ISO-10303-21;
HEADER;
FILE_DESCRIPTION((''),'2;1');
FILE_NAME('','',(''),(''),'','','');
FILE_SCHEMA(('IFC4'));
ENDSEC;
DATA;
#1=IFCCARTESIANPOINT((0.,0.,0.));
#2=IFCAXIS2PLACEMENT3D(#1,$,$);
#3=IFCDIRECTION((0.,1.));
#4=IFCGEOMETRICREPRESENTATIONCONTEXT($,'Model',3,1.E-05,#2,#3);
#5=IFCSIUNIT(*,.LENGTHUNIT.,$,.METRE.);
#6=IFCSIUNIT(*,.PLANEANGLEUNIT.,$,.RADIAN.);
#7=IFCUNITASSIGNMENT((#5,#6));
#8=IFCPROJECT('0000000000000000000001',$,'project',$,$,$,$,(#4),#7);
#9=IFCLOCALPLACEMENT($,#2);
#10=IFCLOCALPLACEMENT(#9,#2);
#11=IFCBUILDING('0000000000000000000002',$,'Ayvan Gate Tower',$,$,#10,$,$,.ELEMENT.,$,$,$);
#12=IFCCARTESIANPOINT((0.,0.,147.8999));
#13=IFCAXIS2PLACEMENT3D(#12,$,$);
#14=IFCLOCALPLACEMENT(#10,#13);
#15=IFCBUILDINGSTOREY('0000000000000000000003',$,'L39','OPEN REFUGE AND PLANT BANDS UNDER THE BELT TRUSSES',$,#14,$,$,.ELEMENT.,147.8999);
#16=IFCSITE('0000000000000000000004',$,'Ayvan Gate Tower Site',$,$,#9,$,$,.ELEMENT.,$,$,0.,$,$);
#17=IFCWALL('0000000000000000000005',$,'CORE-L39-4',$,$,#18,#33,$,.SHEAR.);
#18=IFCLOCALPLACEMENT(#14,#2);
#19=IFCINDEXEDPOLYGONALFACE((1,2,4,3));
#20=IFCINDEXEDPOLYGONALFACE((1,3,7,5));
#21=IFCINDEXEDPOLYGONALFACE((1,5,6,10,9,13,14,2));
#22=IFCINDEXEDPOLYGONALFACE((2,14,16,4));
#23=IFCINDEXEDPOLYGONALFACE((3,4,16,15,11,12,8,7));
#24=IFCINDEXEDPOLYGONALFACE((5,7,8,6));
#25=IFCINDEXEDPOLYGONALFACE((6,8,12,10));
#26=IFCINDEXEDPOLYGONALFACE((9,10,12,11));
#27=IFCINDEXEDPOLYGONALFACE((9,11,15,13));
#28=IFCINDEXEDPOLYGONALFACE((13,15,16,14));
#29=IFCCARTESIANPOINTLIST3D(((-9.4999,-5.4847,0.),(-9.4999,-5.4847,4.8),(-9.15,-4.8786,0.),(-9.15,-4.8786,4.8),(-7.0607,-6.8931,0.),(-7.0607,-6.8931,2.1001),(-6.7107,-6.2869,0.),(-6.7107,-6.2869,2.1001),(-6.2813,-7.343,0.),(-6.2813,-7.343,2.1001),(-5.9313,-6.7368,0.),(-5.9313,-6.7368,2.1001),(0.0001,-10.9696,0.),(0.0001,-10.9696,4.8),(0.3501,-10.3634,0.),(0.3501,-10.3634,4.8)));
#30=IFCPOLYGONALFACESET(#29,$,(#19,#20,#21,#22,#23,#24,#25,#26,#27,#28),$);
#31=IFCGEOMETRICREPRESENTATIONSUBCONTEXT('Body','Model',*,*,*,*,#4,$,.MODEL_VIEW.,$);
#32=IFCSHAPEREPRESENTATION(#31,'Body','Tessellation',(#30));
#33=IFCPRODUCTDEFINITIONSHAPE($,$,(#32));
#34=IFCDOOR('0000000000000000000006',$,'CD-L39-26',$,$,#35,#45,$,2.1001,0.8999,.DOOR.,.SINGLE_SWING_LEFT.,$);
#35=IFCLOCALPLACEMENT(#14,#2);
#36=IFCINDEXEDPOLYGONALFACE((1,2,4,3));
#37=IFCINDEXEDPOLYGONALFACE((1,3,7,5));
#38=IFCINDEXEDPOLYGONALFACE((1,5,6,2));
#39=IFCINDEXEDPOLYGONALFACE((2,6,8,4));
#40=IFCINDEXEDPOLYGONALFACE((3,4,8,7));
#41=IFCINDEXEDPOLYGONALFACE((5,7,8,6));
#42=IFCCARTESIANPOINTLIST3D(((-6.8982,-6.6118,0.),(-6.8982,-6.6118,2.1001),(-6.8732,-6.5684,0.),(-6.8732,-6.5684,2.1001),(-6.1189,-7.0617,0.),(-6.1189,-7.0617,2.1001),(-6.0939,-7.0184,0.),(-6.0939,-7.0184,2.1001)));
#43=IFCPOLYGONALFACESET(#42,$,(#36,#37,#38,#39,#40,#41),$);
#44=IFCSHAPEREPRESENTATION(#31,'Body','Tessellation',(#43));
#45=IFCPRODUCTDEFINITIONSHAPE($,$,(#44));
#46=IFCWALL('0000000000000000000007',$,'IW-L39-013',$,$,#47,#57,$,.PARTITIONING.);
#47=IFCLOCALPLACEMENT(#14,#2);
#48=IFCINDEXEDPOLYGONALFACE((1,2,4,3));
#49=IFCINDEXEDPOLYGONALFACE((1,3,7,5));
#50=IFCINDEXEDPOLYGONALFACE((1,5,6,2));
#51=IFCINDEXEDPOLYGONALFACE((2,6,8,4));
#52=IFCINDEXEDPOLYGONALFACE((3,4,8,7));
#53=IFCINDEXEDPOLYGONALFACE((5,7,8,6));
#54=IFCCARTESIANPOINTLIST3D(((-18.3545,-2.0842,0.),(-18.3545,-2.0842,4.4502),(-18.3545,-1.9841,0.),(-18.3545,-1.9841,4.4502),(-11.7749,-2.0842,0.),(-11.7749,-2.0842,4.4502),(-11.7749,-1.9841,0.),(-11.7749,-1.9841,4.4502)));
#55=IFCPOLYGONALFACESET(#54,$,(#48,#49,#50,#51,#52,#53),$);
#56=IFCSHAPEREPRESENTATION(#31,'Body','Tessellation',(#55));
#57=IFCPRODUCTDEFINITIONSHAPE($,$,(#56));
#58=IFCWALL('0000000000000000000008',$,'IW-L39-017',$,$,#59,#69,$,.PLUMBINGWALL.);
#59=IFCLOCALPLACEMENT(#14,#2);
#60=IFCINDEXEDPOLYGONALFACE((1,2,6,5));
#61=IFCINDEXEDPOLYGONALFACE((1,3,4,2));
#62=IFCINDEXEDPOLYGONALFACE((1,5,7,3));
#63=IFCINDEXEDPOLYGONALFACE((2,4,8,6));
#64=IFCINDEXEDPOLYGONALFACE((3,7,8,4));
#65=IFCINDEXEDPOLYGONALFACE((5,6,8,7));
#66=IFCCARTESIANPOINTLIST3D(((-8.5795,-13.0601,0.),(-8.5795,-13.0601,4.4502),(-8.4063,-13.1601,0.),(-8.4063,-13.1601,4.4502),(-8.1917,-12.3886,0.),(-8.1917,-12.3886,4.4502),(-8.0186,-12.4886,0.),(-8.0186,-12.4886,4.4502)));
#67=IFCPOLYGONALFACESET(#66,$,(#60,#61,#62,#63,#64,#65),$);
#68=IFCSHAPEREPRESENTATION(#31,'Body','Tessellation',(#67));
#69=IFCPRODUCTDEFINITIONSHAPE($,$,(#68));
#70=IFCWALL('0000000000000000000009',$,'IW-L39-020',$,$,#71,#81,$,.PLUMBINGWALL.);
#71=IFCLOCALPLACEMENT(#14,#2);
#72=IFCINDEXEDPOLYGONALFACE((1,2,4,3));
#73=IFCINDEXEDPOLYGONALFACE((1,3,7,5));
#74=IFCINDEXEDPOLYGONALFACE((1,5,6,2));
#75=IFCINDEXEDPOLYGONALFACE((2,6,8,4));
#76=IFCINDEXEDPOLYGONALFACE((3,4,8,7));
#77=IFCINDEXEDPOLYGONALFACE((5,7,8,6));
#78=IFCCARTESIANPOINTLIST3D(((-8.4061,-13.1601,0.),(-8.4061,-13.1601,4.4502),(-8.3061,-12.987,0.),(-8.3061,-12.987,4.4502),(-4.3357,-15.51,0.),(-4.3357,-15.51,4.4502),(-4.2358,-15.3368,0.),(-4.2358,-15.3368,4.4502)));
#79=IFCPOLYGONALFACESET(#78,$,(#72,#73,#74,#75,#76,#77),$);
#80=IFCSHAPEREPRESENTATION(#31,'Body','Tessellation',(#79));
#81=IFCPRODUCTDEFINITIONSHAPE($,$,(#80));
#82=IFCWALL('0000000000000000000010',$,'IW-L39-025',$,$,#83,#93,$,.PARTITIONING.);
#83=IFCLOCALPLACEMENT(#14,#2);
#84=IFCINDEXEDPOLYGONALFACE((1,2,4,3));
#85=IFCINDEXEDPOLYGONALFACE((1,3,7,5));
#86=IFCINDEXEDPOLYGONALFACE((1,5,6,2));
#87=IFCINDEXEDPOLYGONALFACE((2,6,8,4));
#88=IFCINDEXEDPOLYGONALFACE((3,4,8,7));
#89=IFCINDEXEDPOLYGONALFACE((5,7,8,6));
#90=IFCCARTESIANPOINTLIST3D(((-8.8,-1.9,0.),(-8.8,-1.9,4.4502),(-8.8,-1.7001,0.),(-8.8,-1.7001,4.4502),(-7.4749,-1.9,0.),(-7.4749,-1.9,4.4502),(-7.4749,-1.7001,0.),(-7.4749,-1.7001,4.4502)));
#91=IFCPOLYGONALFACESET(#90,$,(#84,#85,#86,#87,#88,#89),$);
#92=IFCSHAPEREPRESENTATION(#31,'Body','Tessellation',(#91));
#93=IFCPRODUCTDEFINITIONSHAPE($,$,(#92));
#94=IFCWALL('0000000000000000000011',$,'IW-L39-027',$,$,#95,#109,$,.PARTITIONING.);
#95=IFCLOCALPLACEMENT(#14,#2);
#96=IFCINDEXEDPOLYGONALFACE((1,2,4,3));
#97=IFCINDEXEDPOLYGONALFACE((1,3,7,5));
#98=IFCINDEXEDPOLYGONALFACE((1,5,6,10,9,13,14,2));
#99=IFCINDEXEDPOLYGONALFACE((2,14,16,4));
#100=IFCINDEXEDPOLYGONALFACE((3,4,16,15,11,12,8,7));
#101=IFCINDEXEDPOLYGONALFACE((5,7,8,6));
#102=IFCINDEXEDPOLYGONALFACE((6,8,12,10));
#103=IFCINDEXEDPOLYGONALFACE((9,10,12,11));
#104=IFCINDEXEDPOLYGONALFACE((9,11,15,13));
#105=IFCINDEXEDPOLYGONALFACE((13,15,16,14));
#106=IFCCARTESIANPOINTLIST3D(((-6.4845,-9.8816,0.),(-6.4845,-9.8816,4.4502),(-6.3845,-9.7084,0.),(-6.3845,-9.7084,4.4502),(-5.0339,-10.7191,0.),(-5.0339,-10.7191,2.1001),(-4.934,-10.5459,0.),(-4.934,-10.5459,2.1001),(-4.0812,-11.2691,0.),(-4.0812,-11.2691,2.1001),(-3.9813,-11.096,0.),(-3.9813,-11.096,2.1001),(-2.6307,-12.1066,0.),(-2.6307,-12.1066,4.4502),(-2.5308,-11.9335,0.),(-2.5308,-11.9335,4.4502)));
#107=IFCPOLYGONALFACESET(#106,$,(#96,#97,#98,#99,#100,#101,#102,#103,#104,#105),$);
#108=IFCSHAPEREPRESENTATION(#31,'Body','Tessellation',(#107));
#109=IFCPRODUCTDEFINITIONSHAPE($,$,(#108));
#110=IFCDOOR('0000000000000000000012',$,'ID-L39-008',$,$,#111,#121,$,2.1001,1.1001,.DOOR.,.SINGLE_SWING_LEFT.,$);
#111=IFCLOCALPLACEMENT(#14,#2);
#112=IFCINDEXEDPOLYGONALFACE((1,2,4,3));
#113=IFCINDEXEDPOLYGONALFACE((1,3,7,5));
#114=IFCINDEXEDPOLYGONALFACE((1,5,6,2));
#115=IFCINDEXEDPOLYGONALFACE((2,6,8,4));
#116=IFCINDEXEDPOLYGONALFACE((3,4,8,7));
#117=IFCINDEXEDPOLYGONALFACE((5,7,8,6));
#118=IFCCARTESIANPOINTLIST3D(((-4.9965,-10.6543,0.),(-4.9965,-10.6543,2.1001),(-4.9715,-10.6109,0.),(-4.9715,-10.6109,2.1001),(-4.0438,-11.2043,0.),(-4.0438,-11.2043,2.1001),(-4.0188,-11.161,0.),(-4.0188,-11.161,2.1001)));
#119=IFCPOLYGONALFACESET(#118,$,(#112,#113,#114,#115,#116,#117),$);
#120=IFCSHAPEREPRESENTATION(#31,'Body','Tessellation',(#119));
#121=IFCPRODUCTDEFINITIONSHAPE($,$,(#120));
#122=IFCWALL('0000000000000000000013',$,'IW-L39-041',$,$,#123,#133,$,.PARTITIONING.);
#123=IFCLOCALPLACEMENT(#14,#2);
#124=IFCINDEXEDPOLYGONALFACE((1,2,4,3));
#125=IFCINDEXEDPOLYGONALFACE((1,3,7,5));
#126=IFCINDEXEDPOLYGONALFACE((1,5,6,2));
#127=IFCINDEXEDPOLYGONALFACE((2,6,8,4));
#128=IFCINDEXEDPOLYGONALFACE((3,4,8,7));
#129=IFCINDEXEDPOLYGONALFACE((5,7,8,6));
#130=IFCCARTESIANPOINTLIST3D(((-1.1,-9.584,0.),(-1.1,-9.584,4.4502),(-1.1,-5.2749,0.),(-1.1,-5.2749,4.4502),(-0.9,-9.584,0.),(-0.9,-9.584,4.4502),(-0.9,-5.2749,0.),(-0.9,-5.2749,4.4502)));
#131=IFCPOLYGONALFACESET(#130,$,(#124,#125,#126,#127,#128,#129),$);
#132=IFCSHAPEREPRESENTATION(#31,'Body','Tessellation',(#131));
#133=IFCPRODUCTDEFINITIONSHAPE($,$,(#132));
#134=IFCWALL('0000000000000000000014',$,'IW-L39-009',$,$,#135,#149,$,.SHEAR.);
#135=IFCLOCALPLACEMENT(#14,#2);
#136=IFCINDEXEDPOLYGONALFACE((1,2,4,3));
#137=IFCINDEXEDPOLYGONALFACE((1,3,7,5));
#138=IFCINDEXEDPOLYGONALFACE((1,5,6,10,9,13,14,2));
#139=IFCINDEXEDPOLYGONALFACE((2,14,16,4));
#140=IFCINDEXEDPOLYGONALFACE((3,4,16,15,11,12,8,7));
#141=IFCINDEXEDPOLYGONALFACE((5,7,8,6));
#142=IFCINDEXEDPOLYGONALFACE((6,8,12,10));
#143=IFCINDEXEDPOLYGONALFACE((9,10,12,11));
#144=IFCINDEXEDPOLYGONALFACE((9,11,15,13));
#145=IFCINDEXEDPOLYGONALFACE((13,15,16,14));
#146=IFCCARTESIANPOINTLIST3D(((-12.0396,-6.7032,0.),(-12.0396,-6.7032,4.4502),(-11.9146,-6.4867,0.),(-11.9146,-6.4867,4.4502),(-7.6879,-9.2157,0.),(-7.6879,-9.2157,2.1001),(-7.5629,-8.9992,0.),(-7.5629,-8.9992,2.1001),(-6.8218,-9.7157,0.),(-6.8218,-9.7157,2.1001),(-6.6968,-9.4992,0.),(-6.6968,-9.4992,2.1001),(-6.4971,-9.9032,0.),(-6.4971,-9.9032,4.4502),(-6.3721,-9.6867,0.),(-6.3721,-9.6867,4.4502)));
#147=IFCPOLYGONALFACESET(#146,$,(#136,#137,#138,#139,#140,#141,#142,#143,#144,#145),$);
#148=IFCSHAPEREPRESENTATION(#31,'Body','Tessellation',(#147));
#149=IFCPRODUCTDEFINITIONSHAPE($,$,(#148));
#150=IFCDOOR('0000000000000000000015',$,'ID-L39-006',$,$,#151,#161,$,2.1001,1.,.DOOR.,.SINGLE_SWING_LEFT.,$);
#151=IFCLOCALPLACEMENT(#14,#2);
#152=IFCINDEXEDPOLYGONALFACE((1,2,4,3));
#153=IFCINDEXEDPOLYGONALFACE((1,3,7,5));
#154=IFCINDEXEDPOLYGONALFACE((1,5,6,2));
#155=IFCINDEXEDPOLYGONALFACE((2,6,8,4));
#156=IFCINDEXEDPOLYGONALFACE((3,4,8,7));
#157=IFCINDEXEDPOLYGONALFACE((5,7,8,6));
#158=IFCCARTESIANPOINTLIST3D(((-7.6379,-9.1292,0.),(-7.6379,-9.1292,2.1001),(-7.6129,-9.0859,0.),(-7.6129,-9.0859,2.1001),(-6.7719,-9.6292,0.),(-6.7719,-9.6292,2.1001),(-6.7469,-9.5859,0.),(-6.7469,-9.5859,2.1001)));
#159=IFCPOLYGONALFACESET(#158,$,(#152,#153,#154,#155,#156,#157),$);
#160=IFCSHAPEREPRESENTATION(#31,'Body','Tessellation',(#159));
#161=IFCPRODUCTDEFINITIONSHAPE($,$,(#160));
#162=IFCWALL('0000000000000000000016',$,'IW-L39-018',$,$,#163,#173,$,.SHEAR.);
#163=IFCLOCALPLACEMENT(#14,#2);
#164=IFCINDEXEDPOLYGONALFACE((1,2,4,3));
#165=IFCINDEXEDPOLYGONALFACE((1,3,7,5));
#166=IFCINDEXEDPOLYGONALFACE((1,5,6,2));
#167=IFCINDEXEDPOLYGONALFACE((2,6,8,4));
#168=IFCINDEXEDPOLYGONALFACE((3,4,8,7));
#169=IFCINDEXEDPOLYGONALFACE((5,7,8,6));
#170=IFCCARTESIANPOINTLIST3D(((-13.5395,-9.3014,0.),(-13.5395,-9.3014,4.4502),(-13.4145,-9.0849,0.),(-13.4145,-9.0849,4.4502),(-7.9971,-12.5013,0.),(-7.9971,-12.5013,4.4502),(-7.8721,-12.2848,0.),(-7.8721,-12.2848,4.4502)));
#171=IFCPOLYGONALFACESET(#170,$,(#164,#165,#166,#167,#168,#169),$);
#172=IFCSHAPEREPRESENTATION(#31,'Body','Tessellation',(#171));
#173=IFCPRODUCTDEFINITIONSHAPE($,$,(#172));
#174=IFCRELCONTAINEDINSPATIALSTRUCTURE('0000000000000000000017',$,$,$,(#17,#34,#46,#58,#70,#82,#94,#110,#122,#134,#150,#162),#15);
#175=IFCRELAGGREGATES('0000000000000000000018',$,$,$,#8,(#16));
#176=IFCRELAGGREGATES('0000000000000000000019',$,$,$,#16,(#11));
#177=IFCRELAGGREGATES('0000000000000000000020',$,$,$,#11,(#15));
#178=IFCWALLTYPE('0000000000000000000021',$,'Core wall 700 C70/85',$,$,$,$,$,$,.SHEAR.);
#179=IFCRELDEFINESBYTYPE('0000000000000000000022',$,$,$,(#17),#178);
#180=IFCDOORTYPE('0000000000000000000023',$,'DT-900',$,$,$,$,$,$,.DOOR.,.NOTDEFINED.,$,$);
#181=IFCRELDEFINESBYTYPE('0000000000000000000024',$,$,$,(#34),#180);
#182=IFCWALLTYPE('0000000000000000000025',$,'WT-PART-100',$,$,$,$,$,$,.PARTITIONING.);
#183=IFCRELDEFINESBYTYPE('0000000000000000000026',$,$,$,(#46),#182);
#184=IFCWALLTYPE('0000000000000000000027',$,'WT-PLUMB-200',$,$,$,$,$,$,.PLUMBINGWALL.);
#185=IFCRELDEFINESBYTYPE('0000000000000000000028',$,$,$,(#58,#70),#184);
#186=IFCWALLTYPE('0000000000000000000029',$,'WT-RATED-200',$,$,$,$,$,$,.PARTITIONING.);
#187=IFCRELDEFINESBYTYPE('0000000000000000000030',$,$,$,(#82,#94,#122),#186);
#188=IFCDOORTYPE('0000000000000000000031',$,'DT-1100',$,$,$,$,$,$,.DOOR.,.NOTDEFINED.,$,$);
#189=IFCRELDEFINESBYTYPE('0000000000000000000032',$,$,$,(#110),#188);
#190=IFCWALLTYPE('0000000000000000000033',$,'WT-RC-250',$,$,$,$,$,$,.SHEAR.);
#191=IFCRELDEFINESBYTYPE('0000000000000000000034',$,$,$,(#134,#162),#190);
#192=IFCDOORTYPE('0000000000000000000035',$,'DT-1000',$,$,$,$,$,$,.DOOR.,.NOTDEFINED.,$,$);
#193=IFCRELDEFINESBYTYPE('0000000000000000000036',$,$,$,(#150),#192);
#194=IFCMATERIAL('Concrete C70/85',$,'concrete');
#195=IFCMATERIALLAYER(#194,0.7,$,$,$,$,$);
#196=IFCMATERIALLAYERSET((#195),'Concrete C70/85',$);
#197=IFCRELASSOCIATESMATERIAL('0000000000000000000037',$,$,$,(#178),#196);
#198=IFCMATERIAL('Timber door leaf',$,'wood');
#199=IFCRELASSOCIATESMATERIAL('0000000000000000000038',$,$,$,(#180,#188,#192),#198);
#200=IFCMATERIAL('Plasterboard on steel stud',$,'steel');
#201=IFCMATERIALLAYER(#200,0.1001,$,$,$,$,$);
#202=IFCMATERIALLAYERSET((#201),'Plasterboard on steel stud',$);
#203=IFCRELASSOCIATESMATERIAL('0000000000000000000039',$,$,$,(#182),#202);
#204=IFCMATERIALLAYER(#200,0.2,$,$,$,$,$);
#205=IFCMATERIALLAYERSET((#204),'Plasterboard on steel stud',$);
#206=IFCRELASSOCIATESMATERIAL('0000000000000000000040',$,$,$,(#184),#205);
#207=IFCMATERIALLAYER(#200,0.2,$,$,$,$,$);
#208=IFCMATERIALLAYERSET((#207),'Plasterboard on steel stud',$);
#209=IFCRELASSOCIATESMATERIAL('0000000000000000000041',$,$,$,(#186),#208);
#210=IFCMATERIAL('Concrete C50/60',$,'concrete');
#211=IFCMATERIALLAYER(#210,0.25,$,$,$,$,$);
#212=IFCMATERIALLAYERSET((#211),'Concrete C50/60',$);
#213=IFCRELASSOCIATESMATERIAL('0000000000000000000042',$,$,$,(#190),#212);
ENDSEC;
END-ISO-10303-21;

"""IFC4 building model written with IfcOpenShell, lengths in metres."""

from ifc_helpers import new_model, si_unit, direction, frame, frame_2d, origin, place, context, subcontext, project, spatial, rectangle, extrude, material, layer, layer_set, type_object, element, fill, save


model = new_model("IFC4")

# Units and contexts
model_context = context("Model", 3, precision=1e-05, world=origin(), true_north=direction((0.0, 1.0)))
body_context = subcontext(model_context, "Body", "Model", "MODEL_VIEW")
ifc_project = project(units=[si_unit("LENGTHUNIT", "METRE"), si_unit("PLANEANGLEUNIT", "RADIAN")], contexts=[model_context])

# Site, building, storey
site_placement = place(None, origin())
site = spatial("IfcSite", under=ifc_project, at=site_placement, Name="Ayvan Gate Tower Site", CompositionType="ELEMENT", RefElevation=0.0)
building_placement = place(site_placement, origin())
building = spatial("IfcBuilding", under=site, at=building_placement, Name="Ayvan Gate Tower", CompositionType="ELEMENT")
storey_placement = place(building_placement, frame((0.0, 0.0, 147.8999)))
storey = spatial("IfcBuildingStorey", under=building, at=storey_placement, Name="L39", Description="OPEN REFUGE AND PLANT BANDS UNDER THE BELT TRUSSES", CompositionType="ELEMENT", Elevation=147.8999)

# Wall, opening, door
ifc_material_1 = material(Name="Concrete C70/85", Category="concrete")
ifc_layer_1 = layer(ifc_material_1, 0.7)
ifc_layer_set_1 = layer_set([ifc_layer_1], Name="Concrete C70/85")
wall_type_1 = type_object("IfcWallType", Name="Core wall 700 C70/85", PredefinedType="SHEAR", material=ifc_layer_set_1)
wall_1_placement = place(storey_placement, frame((-9.325, -5.1816, 0.0), z_axis=(0.0, 0.0, 1.0), x_axis=(0.866024, -0.500002, 0.0)))
wall_1 = element("IfcWall", 1, at=wall_1_placement, inside=storey, type_object=wall_type_1, Name="CORE-L39-4", PredefinedType="SHEAR", context=body_context, shape_type="SweptSolid", body=[
    extrude(rectangle(XDim=10.9697, YDim=0.7, at=frame_2d((5.4849, 0.0))), origin(), (0.0, 0.0, 1.0), 4.8),
])
opening_1_placement = place(wall_1_placement, frame((2.8167, 0.0, 0.0)))
opening_1 = element("IfcOpeningElement", 2, at=opening_1_placement, cuts=wall_1, PredefinedType="OPENING", context=body_context, shape_type="SweptSolid", body=[
    extrude(rectangle(XDim=0.8999, YDim=2.1001, at=frame_2d((0.45, 1.05))), frame((0.0, 0.3599, 0.0), z_axis=(0.0, -1.0, 0.0), x_axis=(1.0, 0.0, 0.0)), (0.0, 0.0, 1.0), 0.72),
])
ifc_material_2 = material(Name="Timber door leaf", Category="wood")
door_type_1 = type_object("IfcDoorType", Name="DT-900", OperationType="NOTDEFINED", PredefinedType="DOOR", material=ifc_material_2)
door_1_placement = place(opening_1_placement, origin())
door_1 = element("IfcDoor", 3, at=door_1_placement, inside=storey, type_object=door_type_1, Name="CD-L39-26", OperationType="SINGLE_SWING_LEFT", OverallHeight=2.1001, OverallWidth=0.8999, PredefinedType="DOOR", context=body_context, shape_type="SweptSolid", body=[
    extrude(rectangle(XDim=0.8999, YDim=2.1001, at=frame_2d((0.45, 1.05))), frame((0.0, 0.0249, 0.0), z_axis=(0.0, -1.0, 0.0), x_axis=(1.0, 0.0, 0.0)), (0.0, 0.0, 1.0), 0.05),
])
fill(opening_1, door_1)

# Walls
ifc_material_3 = material(Name="Plasterboard on steel stud", Category="steel")
ifc_layer_2 = layer(ifc_material_3, 0.1001)
ifc_layer_set_2 = layer_set([ifc_layer_2], Name="Plasterboard on steel stud")
wall_type_2 = type_object("IfcWallType", Name="WT-PART-100", PredefinedType="PARTITIONING", material=ifc_layer_set_2)
wall_2_placement = place(storey_placement, frame((-11.7749, -2.0342, 0.0), z_axis=(0.0, 0.0, 1.0), x_axis=(-1.0, 0.0, 0.0)))
element("IfcWall", 4, at=wall_2_placement, inside=storey, type_object=wall_type_2, Name="IW-L39-013", PredefinedType="PARTITIONING", context=body_context, shape_type="SweptSolid", body=[
    extrude(rectangle(XDim=6.5796, YDim=0.1001, at=frame_2d((3.2898, 0.0))), origin(), (0.0, 0.0, 1.0), 4.4502),
])
ifc_layer_3 = layer(ifc_material_3, 0.2)
ifc_layer_set_3 = layer_set([ifc_layer_3], Name="Plasterboard on steel stud")
wall_type_3 = type_object("IfcWallType", Name="WT-PLUMB-200", PredefinedType="PLUMBINGWALL", material=ifc_layer_set_3)
wall_3_placement = place(storey_placement, frame((-8.4929, -13.1101, 0.0), z_axis=(0.0, 0.0, 1.0), x_axis=(0.500068, 0.865986, 0.0)))
element("IfcWall", 5, at=wall_3_placement, inside=storey, type_object=wall_type_3, Name="IW-L39-017", PredefinedType="PLUMBINGWALL", context=body_context, shape_type="SweptSolid", body=[
    extrude(rectangle(XDim=0.7754, YDim=0.2, at=frame_2d((0.3877, 0.0))), origin(), (0.0, 0.0, 1.0), 4.4502),
])
wall_4_placement = place(storey_placement, frame((-8.3562, -13.0735, 0.0), z_axis=(0.0, 0.0, 1.0), x_axis=(0.866039, -0.499977, 0.0)))
element("IfcWall", 6, at=wall_4_placement, inside=storey, type_object=wall_type_3, Name="IW-L39-020", PredefinedType="PLUMBINGWALL", context=body_context, shape_type="SweptSolid", body=[
    extrude(rectangle(XDim=4.7, YDim=0.2, at=frame_2d((2.3501, 0.0))), origin(), (0.0, 0.0, 1.0), 4.4502),
])
ifc_layer_4 = layer(ifc_material_3, 0.2)
ifc_layer_set_4 = layer_set([ifc_layer_4], Name="Plasterboard on steel stud")
wall_type_4 = type_object("IfcWallType", Name="WT-RATED-200", PredefinedType="PARTITIONING", material=ifc_layer_set_4)
wall_5_placement = place(storey_placement, frame((-7.4749, -1.8, 0.0), z_axis=(0.0, 0.0, 1.0), x_axis=(-1.0, 0.0, 0.0)))
element("IfcWall", 7, at=wall_5_placement, inside=storey, type_object=wall_type_4, Name="IW-L39-025", PredefinedType="PARTITIONING", context=body_context, shape_type="SweptSolid", body=[
    extrude(rectangle(XDim=1.3252, YDim=0.2, at=frame_2d((0.6626, 0.0))), origin(), (0.0, 0.0, 1.0), 4.4502),
])

# Wall, opening, door
wall_6_placement = place(storey_placement, frame((-6.4346, -9.7949, 0.0), z_axis=(0.0, 0.0, 1.0), x_axis=(0.866013, -0.500022, 0.0)))
wall_6 = element("IfcWall", 8, at=wall_6_placement, inside=storey, type_object=wall_type_4, Name="IW-L39-027", PredefinedType="PARTITIONING", context=body_context, shape_type="SweptSolid", body=[
    extrude(rectangle(XDim=4.45, YDim=0.2, at=frame_2d((2.2251, 0.0))), origin(), (0.0, 0.0, 1.0), 4.4502),
])
opening_2_placement = place(wall_6_placement, frame((1.675, 0.0, 0.0)))
opening_2 = element("IfcOpeningElement", 9, at=opening_2_placement, cuts=wall_6, PredefinedType="OPENING", context=body_context, shape_type="SweptSolid", body=[
    extrude(rectangle(XDim=1.1001, YDim=2.1001, at=frame_2d((0.55, 1.05))), frame((0.0, 0.1099, 0.0), z_axis=(0.0, -1.0, 0.0), x_axis=(1.0, 0.0, 0.0)), (0.0, 0.0, 1.0), 0.22),
])
door_type_2 = type_object("IfcDoorType", Name="DT-1100", OperationType="NOTDEFINED", PredefinedType="DOOR", material=ifc_material_2)
door_2_placement = place(opening_2_placement, origin())
door_2 = element("IfcDoor", 10, at=door_2_placement, inside=storey, type_object=door_type_2, Name="ID-L39-008", OperationType="SINGLE_SWING_LEFT", OverallHeight=2.1001, OverallWidth=1.1001, PredefinedType="DOOR", context=body_context, shape_type="SweptSolid", body=[
    extrude(rectangle(XDim=1.1001, YDim=2.1001, at=frame_2d((0.55, 1.05))), frame((0.0, 0.0249, 0.0), z_axis=(0.0, -1.0, 0.0), x_axis=(1.0, 0.0, 0.0)), (0.0, 0.0, 1.0), 0.05),
])
fill(opening_2, door_2)

# Wall
wall_7_placement = place(storey_placement, frame((-1.0, -5.2749, 0.0), z_axis=(0.0, 0.0, 1.0), x_axis=(0.0, -1.0, 0.0)))
element("IfcWall", 11, at=wall_7_placement, inside=storey, type_object=wall_type_4, Name="IW-L39-041", PredefinedType="PARTITIONING", context=body_context, shape_type="SweptSolid", body=[
    extrude(rectangle(XDim=4.3091, YDim=0.2, at=frame_2d((2.1545, 0.0))), origin(), (0.0, 0.0, 1.0), 4.4502),
])

# Wall, opening, door
ifc_material_4 = material(Name="Concrete C50/60", Category="concrete")
ifc_layer_5 = layer(ifc_material_4, 0.25)
ifc_layer_set_5 = layer_set([ifc_layer_5], Name="Concrete C50/60")
wall_type_5 = type_object("IfcWallType", Name="WT-RC-250", PredefinedType="SHEAR", material=ifc_layer_set_5)
wall_8_placement = place(storey_placement, frame((-11.9771, -6.595, 0.0), z_axis=(0.0, 0.0, 1.0), x_axis=(0.866025, -0.5, 0.0)))
wall_8 = element("IfcWall", 12, at=wall_8_placement, inside=storey, type_object=wall_type_5, Name="IW-L39-009", PredefinedType="SHEAR", context=body_context, shape_type="SweptSolid", body=[
    extrude(rectangle(XDim=6.3999, YDim=0.25, at=frame_2d((3.2, 0.0))), origin(), (0.0, 0.0, 1.0), 4.4502),
])
opening_3_placement = place(wall_8_placement, frame((5.0249, 0.0, 0.0)))
opening_3 = element("IfcOpeningElement", 13, at=opening_3_placement, cuts=wall_8, PredefinedType="OPENING", context=body_context, shape_type="SweptSolid", body=[
    extrude(rectangle(XDim=1.0, YDim=2.1001, at=frame_2d((0.5, 1.05))), frame((0.0, 0.135, 0.0), z_axis=(0.0, -1.0, 0.0), x_axis=(1.0, 0.0, 0.0)), (0.0, 0.0, 1.0), 0.27),
])
door_type_3 = type_object("IfcDoorType", Name="DT-1000", OperationType="NOTDEFINED", PredefinedType="DOOR", material=ifc_material_2)
door_3_placement = place(opening_3_placement, origin())
door_3 = element("IfcDoor", 14, at=door_3_placement, inside=storey, type_object=door_type_3, Name="ID-L39-006", OperationType="SINGLE_SWING_LEFT", OverallHeight=2.1001, OverallWidth=1.0, PredefinedType="DOOR", context=body_context, shape_type="SweptSolid", body=[
    extrude(rectangle(XDim=1.0, YDim=2.1001, at=frame_2d((0.5, 1.05))), frame((0.0, 0.0249, 0.0), z_axis=(0.0, -1.0, 0.0), x_axis=(1.0, 0.0, 0.0)), (0.0, 0.0, 1.0), 0.05),
])
fill(opening_3, door_3)

# Wall
wall_9_placement = place(storey_placement, frame((-7.9346, -12.3931, 0.0), z_axis=(0.0, 0.0, 1.0), x_axis=(-0.866025, 0.5, 0.0)))
element("IfcWall", 15, at=wall_9_placement, inside=storey, type_object=wall_type_5, Name="IW-L39-018", PredefinedType="SHEAR", context=body_context, shape_type="SweptSolid", body=[
    extrude(rectangle(XDim=6.3999, YDim=0.25, at=frame_2d((3.2, 0.0))), origin(), (0.0, 0.0, 1.0), 4.4502),
])

save(model, "model.ifc")
